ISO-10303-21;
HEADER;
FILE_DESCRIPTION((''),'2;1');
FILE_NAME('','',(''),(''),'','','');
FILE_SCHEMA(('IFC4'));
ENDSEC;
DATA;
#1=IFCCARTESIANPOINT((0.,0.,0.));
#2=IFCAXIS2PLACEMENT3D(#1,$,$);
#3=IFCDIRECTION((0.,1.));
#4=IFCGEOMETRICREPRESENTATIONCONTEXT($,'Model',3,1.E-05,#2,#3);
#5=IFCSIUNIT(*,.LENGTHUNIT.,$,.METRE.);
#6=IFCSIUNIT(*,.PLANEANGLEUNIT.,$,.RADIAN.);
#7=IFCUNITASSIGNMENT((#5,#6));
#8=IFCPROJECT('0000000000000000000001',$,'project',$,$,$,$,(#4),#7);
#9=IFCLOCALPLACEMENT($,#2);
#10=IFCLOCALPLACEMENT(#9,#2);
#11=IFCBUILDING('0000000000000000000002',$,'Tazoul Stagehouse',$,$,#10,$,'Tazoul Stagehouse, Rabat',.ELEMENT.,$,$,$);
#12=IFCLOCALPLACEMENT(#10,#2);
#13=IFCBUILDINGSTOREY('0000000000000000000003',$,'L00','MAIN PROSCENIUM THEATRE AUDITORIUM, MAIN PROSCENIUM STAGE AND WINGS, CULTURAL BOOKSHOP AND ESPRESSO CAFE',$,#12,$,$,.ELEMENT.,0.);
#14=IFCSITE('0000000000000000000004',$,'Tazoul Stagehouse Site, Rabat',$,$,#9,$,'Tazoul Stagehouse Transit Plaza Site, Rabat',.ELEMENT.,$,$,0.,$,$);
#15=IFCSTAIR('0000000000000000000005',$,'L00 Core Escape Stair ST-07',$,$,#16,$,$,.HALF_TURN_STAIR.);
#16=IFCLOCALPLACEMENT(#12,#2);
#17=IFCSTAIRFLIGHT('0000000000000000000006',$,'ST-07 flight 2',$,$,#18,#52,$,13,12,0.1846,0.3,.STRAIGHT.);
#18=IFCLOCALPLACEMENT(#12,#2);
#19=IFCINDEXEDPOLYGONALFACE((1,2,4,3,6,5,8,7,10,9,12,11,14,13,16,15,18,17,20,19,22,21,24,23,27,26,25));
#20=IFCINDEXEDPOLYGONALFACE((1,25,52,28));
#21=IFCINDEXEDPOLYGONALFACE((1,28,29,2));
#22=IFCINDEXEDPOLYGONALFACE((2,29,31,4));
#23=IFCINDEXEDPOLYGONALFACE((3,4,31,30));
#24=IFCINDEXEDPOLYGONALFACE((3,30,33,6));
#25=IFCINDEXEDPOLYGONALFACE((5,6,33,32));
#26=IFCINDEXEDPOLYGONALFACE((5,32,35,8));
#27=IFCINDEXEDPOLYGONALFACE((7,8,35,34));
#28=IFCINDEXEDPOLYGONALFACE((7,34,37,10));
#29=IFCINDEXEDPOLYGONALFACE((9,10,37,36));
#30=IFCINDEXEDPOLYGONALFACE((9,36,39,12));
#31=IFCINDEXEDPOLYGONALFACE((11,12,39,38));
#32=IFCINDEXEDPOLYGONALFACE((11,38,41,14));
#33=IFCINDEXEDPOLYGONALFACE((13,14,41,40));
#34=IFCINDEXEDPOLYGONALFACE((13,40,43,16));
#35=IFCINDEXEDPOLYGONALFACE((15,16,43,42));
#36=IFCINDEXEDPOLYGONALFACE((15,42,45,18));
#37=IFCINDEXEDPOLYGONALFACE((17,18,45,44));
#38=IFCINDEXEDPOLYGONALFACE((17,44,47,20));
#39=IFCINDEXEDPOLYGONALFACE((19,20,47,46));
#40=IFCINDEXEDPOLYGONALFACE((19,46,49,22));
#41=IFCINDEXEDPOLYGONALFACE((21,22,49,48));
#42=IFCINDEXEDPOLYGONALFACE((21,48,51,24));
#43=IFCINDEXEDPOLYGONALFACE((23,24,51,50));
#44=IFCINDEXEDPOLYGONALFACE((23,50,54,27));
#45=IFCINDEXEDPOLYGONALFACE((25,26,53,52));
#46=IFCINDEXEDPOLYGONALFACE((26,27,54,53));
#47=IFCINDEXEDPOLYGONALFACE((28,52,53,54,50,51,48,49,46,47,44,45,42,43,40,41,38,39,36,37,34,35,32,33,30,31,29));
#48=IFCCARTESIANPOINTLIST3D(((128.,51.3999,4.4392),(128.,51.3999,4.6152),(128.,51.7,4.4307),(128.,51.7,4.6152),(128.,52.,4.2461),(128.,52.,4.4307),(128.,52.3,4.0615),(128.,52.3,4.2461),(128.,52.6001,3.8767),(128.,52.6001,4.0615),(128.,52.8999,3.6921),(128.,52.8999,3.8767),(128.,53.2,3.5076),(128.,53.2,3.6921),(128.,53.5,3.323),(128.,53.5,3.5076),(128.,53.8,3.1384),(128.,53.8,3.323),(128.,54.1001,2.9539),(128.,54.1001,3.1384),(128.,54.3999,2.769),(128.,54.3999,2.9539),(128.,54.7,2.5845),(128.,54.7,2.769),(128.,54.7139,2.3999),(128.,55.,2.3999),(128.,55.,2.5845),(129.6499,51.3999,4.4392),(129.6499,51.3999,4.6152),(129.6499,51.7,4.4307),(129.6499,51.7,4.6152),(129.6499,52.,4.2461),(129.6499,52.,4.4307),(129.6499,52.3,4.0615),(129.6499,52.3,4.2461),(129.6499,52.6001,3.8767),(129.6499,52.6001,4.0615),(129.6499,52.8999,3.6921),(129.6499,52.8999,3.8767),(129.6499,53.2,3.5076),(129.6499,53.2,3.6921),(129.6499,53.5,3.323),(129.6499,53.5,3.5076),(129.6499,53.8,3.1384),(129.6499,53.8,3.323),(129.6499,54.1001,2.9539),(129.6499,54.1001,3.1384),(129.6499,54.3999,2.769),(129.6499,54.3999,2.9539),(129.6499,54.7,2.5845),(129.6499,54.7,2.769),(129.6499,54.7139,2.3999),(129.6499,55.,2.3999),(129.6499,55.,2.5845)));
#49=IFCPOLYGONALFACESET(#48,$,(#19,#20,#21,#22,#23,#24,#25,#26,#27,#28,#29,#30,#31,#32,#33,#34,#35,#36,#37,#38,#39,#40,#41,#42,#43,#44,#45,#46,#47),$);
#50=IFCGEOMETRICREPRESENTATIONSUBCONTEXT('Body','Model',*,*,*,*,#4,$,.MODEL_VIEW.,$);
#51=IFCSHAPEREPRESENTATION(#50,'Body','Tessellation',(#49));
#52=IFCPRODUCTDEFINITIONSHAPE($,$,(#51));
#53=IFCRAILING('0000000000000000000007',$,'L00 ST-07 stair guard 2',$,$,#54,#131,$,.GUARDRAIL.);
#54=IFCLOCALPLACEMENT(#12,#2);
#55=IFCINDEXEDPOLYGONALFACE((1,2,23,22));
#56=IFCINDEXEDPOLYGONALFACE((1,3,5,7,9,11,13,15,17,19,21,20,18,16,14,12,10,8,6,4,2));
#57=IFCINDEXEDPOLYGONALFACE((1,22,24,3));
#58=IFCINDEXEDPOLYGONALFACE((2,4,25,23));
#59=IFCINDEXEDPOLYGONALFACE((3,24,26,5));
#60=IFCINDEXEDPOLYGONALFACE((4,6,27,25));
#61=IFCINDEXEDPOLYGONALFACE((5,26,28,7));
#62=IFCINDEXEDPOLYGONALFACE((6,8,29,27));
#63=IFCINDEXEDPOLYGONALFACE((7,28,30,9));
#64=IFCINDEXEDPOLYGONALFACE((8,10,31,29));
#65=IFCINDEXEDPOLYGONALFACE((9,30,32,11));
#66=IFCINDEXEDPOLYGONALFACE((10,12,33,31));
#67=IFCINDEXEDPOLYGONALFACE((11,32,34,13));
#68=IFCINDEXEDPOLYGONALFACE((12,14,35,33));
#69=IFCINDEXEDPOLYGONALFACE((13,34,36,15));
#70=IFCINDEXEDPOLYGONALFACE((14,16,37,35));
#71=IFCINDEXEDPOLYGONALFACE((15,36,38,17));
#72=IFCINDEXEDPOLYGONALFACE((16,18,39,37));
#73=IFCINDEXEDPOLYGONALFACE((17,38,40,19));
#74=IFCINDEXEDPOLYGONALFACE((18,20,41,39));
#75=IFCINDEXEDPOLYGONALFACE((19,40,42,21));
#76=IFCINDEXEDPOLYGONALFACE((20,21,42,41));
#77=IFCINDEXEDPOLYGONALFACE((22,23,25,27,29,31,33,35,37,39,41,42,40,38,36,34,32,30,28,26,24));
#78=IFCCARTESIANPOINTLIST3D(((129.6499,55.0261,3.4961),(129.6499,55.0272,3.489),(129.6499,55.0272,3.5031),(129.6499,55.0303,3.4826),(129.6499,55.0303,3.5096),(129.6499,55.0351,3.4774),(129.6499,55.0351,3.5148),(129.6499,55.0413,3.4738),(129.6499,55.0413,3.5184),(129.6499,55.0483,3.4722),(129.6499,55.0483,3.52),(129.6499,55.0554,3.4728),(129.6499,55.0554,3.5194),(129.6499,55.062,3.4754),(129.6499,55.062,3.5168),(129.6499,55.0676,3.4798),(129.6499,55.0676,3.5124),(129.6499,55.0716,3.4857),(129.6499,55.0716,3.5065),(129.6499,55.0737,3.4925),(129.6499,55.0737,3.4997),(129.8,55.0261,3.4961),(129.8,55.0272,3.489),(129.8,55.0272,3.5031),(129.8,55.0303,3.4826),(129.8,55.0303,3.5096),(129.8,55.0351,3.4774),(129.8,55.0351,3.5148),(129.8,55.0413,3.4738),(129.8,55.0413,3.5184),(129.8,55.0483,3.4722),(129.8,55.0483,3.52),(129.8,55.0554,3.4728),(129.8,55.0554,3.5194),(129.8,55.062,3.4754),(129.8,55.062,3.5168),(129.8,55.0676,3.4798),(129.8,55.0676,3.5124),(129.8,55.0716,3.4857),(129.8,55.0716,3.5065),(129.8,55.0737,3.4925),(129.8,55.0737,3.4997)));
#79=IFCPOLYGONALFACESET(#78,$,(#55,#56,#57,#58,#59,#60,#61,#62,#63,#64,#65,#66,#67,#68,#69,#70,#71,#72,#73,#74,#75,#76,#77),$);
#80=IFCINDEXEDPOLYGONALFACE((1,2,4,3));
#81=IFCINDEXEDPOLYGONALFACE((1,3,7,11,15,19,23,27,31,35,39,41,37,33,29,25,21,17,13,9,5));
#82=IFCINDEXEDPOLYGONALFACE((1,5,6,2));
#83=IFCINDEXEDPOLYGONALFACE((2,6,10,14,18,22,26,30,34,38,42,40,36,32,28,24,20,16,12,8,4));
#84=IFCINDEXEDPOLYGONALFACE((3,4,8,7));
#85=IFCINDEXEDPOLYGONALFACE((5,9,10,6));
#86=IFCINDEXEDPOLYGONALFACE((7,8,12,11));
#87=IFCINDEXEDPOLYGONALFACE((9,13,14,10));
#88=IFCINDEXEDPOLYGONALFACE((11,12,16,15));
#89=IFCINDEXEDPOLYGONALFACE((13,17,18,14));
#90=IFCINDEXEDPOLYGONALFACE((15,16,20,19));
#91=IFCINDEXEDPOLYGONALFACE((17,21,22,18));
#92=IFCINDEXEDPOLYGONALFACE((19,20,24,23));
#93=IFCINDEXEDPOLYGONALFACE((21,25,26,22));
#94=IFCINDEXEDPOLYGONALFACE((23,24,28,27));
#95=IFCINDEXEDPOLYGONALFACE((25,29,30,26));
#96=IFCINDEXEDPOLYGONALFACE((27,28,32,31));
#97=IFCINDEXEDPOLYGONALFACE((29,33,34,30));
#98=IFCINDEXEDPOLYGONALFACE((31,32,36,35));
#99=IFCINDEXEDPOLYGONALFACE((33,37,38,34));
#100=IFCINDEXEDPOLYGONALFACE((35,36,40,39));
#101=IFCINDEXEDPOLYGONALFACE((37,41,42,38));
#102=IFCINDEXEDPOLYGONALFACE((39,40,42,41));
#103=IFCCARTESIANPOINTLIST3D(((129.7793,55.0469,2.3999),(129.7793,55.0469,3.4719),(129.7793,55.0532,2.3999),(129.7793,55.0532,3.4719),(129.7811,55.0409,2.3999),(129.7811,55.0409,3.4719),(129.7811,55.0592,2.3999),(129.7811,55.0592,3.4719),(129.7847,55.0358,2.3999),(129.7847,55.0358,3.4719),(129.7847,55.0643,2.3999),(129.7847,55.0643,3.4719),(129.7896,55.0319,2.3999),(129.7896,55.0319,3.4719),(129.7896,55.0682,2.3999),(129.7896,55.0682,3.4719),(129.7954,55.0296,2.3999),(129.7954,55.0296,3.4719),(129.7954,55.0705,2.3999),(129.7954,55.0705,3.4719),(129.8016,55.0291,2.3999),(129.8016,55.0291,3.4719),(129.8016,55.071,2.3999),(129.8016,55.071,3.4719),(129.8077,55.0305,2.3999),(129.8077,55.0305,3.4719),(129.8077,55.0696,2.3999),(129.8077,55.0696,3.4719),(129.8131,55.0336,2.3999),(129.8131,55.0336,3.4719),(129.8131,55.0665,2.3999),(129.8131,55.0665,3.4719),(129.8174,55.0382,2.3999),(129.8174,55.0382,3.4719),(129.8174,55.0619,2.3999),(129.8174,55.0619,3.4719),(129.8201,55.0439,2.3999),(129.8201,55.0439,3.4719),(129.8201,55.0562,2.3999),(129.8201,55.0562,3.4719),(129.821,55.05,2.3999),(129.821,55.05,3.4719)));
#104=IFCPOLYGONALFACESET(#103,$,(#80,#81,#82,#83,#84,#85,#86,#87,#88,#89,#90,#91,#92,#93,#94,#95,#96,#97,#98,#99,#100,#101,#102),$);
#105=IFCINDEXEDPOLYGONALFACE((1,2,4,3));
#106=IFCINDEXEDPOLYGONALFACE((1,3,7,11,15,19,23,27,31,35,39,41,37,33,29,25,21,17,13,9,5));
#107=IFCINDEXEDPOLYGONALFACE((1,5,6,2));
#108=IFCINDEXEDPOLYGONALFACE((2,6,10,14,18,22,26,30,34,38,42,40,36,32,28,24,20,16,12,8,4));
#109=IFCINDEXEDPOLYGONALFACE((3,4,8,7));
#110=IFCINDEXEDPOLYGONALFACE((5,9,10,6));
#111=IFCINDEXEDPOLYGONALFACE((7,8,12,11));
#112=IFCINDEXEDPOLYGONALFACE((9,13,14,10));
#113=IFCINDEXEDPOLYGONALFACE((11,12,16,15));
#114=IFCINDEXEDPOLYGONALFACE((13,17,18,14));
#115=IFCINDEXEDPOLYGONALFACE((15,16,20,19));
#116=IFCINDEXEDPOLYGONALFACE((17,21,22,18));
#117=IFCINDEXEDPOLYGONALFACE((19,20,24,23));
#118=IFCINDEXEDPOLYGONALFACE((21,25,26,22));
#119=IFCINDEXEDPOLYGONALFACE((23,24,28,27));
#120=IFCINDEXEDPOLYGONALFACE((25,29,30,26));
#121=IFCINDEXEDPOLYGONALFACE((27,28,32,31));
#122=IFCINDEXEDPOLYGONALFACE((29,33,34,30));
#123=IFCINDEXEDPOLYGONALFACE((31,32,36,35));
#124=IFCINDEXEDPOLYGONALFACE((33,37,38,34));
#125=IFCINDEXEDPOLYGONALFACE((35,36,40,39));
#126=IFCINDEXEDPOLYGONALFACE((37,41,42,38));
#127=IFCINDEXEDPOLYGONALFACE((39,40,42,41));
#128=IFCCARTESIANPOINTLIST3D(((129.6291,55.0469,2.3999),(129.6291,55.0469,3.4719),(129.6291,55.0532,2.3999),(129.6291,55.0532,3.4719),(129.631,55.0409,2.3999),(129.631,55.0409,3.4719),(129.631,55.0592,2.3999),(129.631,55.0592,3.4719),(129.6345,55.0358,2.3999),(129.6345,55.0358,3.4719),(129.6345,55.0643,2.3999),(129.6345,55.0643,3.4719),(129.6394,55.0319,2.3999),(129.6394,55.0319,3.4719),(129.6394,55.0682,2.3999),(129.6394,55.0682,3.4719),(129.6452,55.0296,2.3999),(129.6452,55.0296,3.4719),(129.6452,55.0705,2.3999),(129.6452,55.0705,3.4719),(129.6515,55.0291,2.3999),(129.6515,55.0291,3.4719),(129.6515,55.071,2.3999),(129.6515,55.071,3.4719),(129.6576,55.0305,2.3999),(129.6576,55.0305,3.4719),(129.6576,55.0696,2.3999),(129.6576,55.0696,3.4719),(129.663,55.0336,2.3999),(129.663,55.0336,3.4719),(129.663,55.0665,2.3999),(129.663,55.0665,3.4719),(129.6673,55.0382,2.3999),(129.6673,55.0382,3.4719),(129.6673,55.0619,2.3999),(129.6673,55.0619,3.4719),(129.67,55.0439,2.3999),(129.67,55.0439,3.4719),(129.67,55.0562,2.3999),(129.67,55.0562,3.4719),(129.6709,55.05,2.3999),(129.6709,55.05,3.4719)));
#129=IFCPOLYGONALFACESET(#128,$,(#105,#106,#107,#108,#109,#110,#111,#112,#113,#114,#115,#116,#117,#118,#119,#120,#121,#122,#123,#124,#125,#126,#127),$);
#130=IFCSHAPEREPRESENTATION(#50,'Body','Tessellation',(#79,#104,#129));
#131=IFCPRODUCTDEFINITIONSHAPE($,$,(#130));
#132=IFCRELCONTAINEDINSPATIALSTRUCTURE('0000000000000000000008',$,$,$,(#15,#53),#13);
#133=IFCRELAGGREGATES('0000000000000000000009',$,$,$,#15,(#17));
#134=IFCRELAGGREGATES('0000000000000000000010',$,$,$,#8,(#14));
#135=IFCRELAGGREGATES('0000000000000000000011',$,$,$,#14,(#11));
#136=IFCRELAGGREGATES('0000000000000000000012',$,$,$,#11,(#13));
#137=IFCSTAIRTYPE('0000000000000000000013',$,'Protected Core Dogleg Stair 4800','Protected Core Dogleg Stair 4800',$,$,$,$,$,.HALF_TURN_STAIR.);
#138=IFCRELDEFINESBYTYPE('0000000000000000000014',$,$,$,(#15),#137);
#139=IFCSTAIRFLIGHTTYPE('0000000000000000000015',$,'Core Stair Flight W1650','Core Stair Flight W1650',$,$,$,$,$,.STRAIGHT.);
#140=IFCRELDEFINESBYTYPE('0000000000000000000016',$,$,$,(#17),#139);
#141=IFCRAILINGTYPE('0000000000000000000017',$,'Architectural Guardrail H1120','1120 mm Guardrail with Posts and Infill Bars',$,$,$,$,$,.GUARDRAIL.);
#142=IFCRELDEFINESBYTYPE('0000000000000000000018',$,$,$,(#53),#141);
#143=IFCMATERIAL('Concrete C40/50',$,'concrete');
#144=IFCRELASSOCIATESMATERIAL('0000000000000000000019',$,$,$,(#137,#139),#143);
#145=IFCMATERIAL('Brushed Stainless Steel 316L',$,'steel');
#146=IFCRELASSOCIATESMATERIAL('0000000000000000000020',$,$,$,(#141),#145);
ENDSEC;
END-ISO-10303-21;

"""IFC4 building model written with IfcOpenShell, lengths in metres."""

from ifc_helpers import new_model, si_unit, direction, frame, origin, origin_2d, place, context, subcontext, project, spatial, polyline, circle, outline, extrude, material, material_profile, profile_set, type_object, element, aggregate, save


model = new_model("IFC4")

# Units and contexts
model_context = context("Model", 3, precision=1e-05, world=origin(), true_north=direction((0.0, 1.0)))
body_context = subcontext(model_context, "Body", "Model", "MODEL_VIEW")
ifc_project = project(units=[si_unit("LENGTHUNIT", "METRE"), si_unit("PLANEANGLEUNIT", "RADIAN")], contexts=[model_context])

# Site, building, storey
site_placement = place(None, origin())
site = spatial("IfcSite", under=ifc_project, at=site_placement, Name="Tazoul Stagehouse Site, Rabat", LongName="Tazoul Stagehouse Transit Plaza Site, Rabat", CompositionType="ELEMENT", RefElevation=0.0)
building_placement = place(site_placement, origin())
building = spatial("IfcBuilding", under=site, at=building_placement, Name="Tazoul Stagehouse", LongName="Tazoul Stagehouse, Rabat", CompositionType="ELEMENT")
storey_placement = place(building_placement, origin())
storey = spatial("IfcBuildingStorey", under=building, at=storey_placement, Name="L00", Description="MAIN PROSCENIUM THEATRE AUDITORIUM, MAIN PROSCENIUM STAGE AND WINGS, CULTURAL BOOKSHOP AND ESPRESSO CAFE", CompositionType="ELEMENT", Elevation=0.0)

# Shared definitions
ifc_material_1 = material(Name="Concrete C40/50", Category="concrete")

# Stair, stair flight
stair_type = type_object("IfcStairType", Name="Protected Core Dogleg Stair 4800", Description="Protected Core Dogleg Stair 4800", PredefinedType="HALF_TURN_STAIR", material=ifc_material_1)
stair_placement = place(storey_placement, origin())
stair = element("IfcStair", 1, at=stair_placement, inside=storey, type_object=stair_type, Name="L00 Core Escape Stair ST-07", PredefinedType="HALF_TURN_STAIR")
stair_flight_type = type_object("IfcStairFlightType", Name="Core Stair Flight W1650", Description="Core Stair Flight W1650", PredefinedType="STRAIGHT", material=ifc_material_1)
stair_flight_placement = place(storey_placement, frame((128.825, 55.0, 2.3999), z_axis=(0.0, 0.0, 1.0), x_axis=(0.0, -1.0, 0.0)))
stair_flight = element("IfcStairFlight", 2, at=stair_flight_placement, type_object=stair_flight_type, Name="ST-07 flight 2", NumberOfRisers=13, NumberOfTreads=12, PredefinedType="STRAIGHT", RiserHeight=0.1846, TreadLength=0.3, context=body_context, shape_type="SweptSolid", body=[
    extrude(outline(polyline([(0.0, 0.0), (0.0, 0.1846), (0.3, 0.1846), (0.3, 0.3691), (0.6001, 0.3691), (0.6001, 0.554), (0.8999, 0.554), (0.8999, 0.7385), (1.2, 0.7385), (1.2, 0.9231), (1.5, 0.9231), (1.5, 1.1077), (1.8, 1.1077), (1.8, 1.2922), (2.1001, 1.2922), (2.1001, 1.4768), (2.3999, 1.4768), (2.3999, 1.6616), (2.7, 1.6616), (2.7, 1.8462), (3.0, 1.8462), (3.0, 2.0308), (3.3, 2.0308), (3.3, 2.2153), (3.6001, 2.2153), (3.6001, 2.3999), (3.6001, 2.0393), (0.2861, 0.0), (0.0, 0.0)])), frame((0.0, 0.825, 0.0), z_axis=(0.0, -1.0, 0.0), x_axis=(1.0, 0.0, 0.0)), (0.0, 0.0, 1.0), 1.6499),
])
aggregate(stair, [stair_flight])

# Railing
ifc_material_2 = material(Name="Brushed Stainless Steel 316L", Category="steel")
ifc_material_profile_1 = material_profile(ifc_material_2, circle(Radius=0.0239, at=origin_2d()), Name="SS RAIL D48")
ifc_profile_set_1 = profile_set([ifc_material_profile_1], Name="Brushed Stainless Steel 316L")
railing_type_1 = type_object("IfcRailingType", Name="Architectural Guardrail H1120", Description="1120 mm Guardrail with Posts and Infill Bars", PredefinedType="GUARDRAIL", material=ifc_profile_set_1)
railing_1_placement = place(storey_placement, frame((129.8, 55.05, 2.3999)))
element("IfcRailing", 3, at=railing_1_placement, inside=storey, type_object=railing_type_1, Name="L00 ST-07 stair guard 2", PredefinedType="GUARDRAIL", context=body_context, shape_type="SweptSolid", body=[
    extrude(circle(Radius=0.0239, at=origin_2d()), frame((0.0, 0.0, 1.0962), z_axis=(-1.0, 0.0, 0.0), x_axis=(0.0, -1.0, 0.0)), (0.0, 0.0, 1.0), 0.1501),
    extrude(circle(Radius=0.021, at=origin_2d()), origin(), (0.0, 0.0, 1.0), 1.072),
    extrude(circle(Radius=0.021, at=origin_2d()), frame((-0.1501, 0.0, 0.0)), (0.0, 0.0, 1.0), 1.072),
])

save(model, "model.ifc")
